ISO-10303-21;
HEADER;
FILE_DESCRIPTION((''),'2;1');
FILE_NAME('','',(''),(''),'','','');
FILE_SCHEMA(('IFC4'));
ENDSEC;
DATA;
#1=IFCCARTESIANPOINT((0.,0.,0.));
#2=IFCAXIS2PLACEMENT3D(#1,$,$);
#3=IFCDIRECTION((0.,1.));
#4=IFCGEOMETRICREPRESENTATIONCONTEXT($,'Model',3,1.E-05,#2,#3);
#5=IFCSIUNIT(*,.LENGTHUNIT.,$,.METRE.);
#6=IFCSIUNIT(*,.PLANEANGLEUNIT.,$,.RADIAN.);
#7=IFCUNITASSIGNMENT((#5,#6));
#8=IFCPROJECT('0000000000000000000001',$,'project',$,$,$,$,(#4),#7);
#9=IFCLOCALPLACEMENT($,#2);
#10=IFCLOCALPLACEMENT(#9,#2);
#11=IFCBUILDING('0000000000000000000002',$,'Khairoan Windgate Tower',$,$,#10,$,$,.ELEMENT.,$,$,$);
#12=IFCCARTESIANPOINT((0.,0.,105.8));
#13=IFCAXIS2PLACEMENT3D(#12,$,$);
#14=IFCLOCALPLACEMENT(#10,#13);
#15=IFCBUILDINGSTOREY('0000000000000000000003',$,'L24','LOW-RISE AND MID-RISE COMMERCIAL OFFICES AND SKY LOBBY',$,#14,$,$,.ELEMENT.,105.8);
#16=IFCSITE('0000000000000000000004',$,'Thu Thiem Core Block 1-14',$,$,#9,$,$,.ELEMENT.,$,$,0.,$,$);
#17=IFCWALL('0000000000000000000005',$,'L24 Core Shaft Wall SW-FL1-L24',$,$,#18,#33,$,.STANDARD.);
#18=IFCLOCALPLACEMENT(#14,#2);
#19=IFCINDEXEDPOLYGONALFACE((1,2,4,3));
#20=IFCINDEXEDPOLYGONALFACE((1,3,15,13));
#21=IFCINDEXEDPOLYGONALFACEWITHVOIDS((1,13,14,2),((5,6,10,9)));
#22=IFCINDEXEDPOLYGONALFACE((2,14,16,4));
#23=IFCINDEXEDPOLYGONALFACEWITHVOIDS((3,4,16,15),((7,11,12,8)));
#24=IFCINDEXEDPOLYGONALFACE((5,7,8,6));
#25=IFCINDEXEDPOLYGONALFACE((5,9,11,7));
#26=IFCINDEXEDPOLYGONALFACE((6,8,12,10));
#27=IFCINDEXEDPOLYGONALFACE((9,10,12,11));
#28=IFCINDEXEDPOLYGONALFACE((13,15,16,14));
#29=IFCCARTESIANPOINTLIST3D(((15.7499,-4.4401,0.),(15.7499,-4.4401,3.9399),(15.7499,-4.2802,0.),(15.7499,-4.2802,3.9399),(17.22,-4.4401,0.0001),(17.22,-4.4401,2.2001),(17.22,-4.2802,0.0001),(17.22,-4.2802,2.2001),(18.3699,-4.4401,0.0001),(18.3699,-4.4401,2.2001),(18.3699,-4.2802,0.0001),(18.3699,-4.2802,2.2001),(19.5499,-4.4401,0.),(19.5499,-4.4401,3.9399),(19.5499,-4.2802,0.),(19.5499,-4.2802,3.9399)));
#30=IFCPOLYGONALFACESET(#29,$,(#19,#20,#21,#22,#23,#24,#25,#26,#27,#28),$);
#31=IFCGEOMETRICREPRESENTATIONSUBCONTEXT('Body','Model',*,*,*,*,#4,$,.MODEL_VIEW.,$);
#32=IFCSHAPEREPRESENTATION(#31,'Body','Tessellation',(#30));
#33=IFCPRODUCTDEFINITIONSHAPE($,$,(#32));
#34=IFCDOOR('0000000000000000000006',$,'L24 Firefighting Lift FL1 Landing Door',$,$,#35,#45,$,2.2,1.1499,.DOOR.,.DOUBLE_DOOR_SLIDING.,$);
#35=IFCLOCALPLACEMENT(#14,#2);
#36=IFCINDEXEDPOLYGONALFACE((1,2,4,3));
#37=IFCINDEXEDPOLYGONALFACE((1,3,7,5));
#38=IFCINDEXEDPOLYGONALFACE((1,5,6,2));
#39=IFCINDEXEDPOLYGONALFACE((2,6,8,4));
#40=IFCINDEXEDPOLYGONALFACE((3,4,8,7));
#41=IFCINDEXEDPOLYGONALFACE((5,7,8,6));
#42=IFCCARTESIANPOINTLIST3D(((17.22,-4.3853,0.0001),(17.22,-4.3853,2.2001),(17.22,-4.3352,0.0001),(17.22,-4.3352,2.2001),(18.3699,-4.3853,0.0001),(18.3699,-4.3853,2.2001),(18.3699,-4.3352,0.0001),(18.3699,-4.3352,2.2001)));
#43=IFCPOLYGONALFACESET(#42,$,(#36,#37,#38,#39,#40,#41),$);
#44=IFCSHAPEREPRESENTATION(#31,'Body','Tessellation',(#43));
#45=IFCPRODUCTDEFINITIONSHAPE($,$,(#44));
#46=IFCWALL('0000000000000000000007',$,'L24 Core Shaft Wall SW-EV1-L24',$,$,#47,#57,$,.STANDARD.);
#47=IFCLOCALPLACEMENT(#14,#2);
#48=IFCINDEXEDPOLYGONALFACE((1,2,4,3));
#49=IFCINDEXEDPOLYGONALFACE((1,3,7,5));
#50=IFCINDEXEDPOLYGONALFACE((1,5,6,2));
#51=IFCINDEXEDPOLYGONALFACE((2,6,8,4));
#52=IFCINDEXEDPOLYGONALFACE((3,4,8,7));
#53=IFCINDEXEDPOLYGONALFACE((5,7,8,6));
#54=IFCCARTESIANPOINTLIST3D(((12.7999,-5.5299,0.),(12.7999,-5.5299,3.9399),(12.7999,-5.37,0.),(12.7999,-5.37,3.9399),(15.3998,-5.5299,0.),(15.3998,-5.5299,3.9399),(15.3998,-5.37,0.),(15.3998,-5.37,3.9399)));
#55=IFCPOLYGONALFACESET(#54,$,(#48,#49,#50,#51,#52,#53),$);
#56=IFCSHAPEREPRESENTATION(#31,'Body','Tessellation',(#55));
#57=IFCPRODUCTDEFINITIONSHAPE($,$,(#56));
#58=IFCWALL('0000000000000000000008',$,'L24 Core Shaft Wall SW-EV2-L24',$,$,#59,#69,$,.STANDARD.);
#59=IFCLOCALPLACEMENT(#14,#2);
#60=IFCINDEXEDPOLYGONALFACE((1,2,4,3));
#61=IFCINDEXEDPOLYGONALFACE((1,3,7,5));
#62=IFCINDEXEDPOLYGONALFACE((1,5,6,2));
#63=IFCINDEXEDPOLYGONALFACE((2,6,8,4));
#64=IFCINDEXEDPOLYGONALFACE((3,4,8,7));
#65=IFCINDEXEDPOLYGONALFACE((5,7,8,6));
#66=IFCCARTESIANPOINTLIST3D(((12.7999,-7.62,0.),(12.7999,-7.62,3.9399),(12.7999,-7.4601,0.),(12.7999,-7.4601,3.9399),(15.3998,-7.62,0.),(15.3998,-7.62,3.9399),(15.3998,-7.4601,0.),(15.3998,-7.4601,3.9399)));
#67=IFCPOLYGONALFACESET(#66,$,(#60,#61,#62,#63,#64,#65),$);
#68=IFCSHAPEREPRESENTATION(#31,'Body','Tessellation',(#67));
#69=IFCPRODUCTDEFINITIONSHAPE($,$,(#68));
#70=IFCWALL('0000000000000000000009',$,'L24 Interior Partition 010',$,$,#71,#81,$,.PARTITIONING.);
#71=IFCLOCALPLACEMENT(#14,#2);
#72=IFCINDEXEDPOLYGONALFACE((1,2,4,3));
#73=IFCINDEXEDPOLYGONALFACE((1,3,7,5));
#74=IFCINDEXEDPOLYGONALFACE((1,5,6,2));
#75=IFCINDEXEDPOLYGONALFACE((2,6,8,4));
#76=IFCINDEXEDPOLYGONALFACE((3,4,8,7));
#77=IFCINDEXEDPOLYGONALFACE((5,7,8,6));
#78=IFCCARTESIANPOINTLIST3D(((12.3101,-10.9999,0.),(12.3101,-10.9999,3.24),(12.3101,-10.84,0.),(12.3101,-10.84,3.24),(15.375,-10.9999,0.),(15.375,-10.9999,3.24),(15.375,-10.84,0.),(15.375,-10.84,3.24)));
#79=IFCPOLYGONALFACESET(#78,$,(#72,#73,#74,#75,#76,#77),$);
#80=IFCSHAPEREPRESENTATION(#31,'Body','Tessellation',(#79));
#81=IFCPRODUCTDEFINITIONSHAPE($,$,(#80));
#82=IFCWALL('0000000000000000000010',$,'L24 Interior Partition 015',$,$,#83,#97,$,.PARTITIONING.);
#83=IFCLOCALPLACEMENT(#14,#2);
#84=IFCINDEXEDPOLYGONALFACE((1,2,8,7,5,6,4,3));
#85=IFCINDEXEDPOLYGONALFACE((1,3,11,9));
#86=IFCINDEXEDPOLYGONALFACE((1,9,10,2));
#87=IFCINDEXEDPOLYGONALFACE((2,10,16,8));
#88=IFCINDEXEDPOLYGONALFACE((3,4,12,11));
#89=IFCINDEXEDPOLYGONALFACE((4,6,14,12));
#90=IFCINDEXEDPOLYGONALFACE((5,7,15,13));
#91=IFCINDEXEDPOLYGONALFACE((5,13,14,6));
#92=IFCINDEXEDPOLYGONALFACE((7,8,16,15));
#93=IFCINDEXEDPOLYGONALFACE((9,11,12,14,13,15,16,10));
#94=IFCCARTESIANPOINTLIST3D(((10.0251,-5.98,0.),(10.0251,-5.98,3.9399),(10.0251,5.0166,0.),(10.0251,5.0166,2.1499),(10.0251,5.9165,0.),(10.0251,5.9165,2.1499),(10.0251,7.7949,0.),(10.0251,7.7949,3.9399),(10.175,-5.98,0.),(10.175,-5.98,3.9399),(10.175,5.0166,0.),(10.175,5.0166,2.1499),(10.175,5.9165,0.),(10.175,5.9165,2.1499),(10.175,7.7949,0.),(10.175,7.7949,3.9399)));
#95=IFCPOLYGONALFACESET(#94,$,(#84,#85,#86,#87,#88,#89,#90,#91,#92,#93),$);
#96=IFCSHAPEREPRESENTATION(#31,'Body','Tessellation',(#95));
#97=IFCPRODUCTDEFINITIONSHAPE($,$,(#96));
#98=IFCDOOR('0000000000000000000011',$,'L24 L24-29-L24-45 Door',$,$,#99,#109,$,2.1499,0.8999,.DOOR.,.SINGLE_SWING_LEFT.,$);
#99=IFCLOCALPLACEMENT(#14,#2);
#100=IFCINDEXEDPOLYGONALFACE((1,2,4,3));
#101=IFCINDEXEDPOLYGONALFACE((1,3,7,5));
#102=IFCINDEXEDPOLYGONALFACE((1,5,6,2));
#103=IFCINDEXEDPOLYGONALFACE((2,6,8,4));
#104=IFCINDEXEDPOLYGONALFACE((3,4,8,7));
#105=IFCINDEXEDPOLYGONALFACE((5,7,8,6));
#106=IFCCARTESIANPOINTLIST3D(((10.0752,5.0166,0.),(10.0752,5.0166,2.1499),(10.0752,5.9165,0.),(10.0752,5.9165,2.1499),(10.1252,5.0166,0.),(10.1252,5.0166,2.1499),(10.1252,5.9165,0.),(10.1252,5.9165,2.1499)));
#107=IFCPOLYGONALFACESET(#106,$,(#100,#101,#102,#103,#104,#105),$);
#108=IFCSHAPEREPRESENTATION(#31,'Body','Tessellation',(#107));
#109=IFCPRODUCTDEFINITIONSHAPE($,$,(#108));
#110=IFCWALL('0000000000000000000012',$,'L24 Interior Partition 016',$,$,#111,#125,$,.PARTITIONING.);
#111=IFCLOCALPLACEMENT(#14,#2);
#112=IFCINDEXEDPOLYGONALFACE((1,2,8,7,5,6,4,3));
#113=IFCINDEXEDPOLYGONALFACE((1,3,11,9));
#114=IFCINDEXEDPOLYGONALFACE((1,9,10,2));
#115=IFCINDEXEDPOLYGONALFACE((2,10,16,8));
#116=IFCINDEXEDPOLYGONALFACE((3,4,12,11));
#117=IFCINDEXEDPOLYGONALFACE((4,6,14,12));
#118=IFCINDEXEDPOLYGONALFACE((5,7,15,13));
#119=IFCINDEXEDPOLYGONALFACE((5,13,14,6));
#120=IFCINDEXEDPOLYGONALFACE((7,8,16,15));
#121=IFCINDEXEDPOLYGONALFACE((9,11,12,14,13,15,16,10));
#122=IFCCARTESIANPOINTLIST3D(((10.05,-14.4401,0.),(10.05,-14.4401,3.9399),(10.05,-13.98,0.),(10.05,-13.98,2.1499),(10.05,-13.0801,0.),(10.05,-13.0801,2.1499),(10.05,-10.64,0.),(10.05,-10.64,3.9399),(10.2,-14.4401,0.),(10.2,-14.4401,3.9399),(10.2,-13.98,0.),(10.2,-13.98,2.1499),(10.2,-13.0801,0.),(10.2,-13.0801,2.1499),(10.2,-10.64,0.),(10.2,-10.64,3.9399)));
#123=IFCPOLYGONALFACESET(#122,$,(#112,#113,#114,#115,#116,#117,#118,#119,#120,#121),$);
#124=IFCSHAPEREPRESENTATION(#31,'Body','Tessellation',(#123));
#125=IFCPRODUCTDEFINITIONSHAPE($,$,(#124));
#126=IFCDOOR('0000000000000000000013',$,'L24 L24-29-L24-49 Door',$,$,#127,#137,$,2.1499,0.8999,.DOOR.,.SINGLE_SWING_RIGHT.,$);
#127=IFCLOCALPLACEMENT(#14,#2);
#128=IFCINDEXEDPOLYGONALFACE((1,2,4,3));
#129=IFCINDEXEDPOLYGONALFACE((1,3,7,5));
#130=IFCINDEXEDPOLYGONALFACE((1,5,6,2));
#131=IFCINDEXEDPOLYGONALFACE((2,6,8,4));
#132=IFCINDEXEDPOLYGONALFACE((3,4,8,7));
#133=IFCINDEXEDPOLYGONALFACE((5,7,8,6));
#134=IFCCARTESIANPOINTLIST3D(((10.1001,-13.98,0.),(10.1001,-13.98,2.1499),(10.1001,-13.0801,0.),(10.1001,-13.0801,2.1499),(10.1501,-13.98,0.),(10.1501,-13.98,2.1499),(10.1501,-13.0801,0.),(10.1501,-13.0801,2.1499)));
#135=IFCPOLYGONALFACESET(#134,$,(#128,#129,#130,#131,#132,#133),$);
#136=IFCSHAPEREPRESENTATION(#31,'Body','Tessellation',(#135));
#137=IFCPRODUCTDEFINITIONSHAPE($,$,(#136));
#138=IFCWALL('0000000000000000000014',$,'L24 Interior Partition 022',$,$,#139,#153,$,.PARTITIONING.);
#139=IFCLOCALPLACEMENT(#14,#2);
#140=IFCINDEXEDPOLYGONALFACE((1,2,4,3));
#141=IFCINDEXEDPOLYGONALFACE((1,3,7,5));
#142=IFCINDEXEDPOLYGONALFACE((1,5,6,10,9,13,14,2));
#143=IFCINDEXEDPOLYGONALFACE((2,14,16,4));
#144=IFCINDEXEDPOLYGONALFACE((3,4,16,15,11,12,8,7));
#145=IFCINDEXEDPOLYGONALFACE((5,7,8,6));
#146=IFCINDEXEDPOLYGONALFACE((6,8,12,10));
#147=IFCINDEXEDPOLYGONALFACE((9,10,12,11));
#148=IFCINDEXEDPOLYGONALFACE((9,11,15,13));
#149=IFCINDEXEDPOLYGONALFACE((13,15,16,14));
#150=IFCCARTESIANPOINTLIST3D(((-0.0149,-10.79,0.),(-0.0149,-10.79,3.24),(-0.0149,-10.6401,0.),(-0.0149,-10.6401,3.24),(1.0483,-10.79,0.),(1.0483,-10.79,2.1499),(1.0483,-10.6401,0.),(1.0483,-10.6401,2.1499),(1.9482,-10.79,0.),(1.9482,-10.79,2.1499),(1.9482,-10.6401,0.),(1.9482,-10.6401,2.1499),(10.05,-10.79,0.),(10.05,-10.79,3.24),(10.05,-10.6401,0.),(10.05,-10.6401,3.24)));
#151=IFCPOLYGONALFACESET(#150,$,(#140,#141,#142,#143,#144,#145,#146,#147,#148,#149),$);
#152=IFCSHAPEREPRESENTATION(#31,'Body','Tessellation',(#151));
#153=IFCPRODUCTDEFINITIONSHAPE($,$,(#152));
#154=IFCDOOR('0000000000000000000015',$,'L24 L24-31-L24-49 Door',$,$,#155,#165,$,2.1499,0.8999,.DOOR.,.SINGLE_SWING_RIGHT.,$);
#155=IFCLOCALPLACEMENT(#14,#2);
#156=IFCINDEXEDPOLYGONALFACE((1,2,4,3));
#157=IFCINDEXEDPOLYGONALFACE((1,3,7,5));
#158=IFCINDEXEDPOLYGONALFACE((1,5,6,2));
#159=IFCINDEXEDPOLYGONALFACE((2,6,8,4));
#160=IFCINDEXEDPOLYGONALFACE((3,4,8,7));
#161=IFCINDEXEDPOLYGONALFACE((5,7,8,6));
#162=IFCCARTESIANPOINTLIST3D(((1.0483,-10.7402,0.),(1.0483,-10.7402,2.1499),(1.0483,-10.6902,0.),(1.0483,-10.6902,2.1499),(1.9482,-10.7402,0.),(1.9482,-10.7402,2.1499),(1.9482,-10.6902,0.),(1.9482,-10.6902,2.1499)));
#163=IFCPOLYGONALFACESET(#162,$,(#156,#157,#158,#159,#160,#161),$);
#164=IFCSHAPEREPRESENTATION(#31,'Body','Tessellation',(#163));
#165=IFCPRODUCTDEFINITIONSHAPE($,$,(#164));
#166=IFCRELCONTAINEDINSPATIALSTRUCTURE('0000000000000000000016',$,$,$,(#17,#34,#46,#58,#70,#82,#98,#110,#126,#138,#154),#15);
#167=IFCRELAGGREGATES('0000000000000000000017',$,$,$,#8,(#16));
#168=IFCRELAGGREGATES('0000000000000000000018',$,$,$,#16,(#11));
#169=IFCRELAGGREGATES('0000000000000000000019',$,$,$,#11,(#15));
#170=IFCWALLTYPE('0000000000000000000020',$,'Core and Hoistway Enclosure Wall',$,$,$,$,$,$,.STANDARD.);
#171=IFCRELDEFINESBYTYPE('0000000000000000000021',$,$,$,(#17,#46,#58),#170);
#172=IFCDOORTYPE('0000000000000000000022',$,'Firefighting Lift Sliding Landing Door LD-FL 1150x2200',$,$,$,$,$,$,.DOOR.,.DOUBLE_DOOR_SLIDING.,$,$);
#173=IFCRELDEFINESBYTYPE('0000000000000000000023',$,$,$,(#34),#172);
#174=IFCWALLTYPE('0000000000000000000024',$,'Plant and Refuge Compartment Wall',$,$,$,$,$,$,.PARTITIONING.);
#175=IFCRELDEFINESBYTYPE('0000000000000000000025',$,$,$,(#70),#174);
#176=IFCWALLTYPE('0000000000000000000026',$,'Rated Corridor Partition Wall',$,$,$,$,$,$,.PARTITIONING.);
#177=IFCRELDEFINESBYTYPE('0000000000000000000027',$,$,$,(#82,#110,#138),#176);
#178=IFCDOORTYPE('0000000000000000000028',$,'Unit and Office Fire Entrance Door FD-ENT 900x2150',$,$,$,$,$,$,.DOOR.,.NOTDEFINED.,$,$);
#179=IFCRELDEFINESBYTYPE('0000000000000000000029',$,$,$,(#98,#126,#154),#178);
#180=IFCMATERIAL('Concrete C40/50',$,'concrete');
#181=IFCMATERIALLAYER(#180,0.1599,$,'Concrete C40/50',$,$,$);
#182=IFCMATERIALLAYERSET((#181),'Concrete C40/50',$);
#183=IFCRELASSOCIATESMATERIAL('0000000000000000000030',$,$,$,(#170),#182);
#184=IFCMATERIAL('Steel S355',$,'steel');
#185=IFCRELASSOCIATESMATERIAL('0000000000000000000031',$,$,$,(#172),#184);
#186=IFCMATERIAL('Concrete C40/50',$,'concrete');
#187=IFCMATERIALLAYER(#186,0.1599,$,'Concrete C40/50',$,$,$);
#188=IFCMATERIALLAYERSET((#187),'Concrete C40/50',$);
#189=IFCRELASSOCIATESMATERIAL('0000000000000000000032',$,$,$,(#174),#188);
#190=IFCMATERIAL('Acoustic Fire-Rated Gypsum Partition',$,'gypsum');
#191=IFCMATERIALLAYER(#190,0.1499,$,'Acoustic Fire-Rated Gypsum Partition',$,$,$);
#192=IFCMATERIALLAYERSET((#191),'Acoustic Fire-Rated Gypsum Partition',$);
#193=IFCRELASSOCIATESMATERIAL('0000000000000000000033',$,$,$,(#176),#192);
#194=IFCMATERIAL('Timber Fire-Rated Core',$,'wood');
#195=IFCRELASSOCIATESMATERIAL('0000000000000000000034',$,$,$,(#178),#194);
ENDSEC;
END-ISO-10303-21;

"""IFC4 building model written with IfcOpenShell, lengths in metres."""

from ifc_helpers import new_model, si_unit, direction, frame, frame_2d, origin, place, context, subcontext, project, spatial, rectangle, extrude, material, layer, layer_set, type_object, element, fill, save


model = new_model("IFC4")

# Units and contexts
model_context = context("Model", 3, precision=1e-05, world=origin(), true_north=direction((0.0, 1.0)))
body_context = subcontext(model_context, "Body", "Model", "MODEL_VIEW")
ifc_project = project(units=[si_unit("LENGTHUNIT", "METRE"), si_unit("PLANEANGLEUNIT", "RADIAN")], contexts=[model_context])

# Site, building, storey
site_placement = place(None, origin())
site = spatial("IfcSite", under=ifc_project, at=site_placement, Name="Thu Thiem Core Block 1-14", CompositionType="ELEMENT", RefElevation=0.0)
building_placement = place(site_placement, origin())
building = spatial("IfcBuilding", under=site, at=building_placement, Name="Khairoan Windgate Tower", CompositionType="ELEMENT")
storey_placement = place(building_placement, frame((0.0, 0.0, 105.8)))
storey = spatial("IfcBuildingStorey", under=building, at=storey_placement, Name="L24", Description="LOW-RISE AND MID-RISE COMMERCIAL OFFICES AND SKY LOBBY", CompositionType="ELEMENT", Elevation=105.8)

# Shared definitions
ifc_material_1 = material(Name="Concrete C40/50", Category="concrete")
ifc_layer_1 = layer(ifc_material_1, 0.1599, Name="Concrete C40/50")
ifc_layer_set_1 = layer_set([ifc_layer_1], Name="Concrete C40/50")
wall_type_1 = type_object("IfcWallType", Name="Core and Hoistway Enclosure Wall", PredefinedType="STANDARD", material=ifc_layer_set_1)

# Wall, opening, door
wall_1_placement = place(storey_placement, frame((15.75, -4.3601, 0.0), z_axis=(0.0, 0.0, 1.0), x_axis=(1.0, 0.0, 0.0)))
wall_1 = element("IfcWall", 1, at=wall_1_placement, inside=storey, type_object=wall_type_1, Name="L24 Core Shaft Wall SW-FL1-L24", PredefinedType="STANDARD", context=body_context, shape_type="SweptSolid", body=[
    extrude(rectangle(XDim=3.8, YDim=0.1599, at=frame_2d((1.8999, 0.0))), origin(), (0.0, 0.0, 1.0), 3.9399),
])
opening_1_placement = place(wall_1_placement, frame((1.47, 0.0, 0.0)))
opening_1 = element("IfcOpeningElement", 2, at=opening_1_placement, cuts=wall_1, PredefinedType="OPENING", context=body_context, shape_type="SweptSolid", body=[
    extrude(rectangle(XDim=1.1499, YDim=2.2, at=frame_2d((0.575, 1.1001))), frame((0.0, 0.0898, 0.0), z_axis=(0.0, -1.0, 0.0), x_axis=(1.0, 0.0, 0.0)), (0.0, 0.0, 1.0), 0.1799),
])
ifc_material_2 = material(Name="Steel S355", Category="steel")
door_type_1 = type_object("IfcDoorType", Name="Firefighting Lift Sliding Landing Door LD-FL 1150x2200", OperationType="DOUBLE_DOOR_SLIDING", PredefinedType="DOOR", material=ifc_material_2)
door_1_placement = place(opening_1_placement, origin())
door_1 = element("IfcDoor", 3, at=door_1_placement, inside=storey, type_object=door_type_1, Name="L24 Firefighting Lift FL1 Landing Door", OperationType="DOUBLE_DOOR_SLIDING", OverallHeight=2.2, OverallWidth=1.1499, PredefinedType="DOOR", context=body_context, shape_type="SweptSolid", body=[
    extrude(rectangle(XDim=1.1499, YDim=2.2, at=frame_2d((0.575, 1.1001))), frame((0.0, 0.0249, 0.0), z_axis=(0.0, -1.0, 0.0), x_axis=(1.0, 0.0, 0.0)), (0.0, 0.0, 1.0), 0.05),
])
fill(opening_1, door_1)

# Walls
for number, where, z_axis, x_axis, name in (
    (4, (12.8, -5.45, 0.0), (0.0, 0.0, 1.0), (1.0, 0.0, 0.0), "L24 Core Shaft Wall SW-EV1-L24"),
    (5, (12.8, -7.54, 0.0), (0.0, 0.0, 1.0), (1.0, 0.0, 0.0), "L24 Core Shaft Wall SW-EV2-L24"),
):
    element("IfcWall", number, at=place(storey_placement, frame(where, z_axis=z_axis, x_axis=x_axis)), inside=storey, type_object=wall_type_1, Name=name, PredefinedType="STANDARD", context=body_context, shape_type="SweptSolid", body=[
        extrude(rectangle(XDim=2.5999, YDim=0.1599, at=frame_2d((1.2998, 0.0))), origin(), (0.0, 0.0, 1.0), 3.9399),
    ])
ifc_material_3 = material(Name="Concrete C40/50", Category="concrete")
ifc_layer_2 = layer(ifc_material_3, 0.1599, Name="Concrete C40/50")
ifc_layer_set_2 = layer_set([ifc_layer_2], Name="Concrete C40/50")
wall_type_2 = type_object("IfcWallType", Name="Plant and Refuge Compartment Wall", PredefinedType="PARTITIONING", material=ifc_layer_set_2)
wall_2_placement = place(storey_placement, frame((12.3101, -10.9199, 0.0), z_axis=(0.0, 0.0, 1.0), x_axis=(1.0, 0.0, 0.0)))
element("IfcWall", 6, at=wall_2_placement, inside=storey, type_object=wall_type_2, Name="L24 Interior Partition 010", PredefinedType="PARTITIONING", context=body_context, shape_type="SweptSolid", body=[
    extrude(rectangle(XDim=3.0649, YDim=0.1599, at=frame_2d((1.5325, 0.0))), origin(), (0.0, 0.0, 1.0), 3.24),
])

# Walls, openings, doors
ifc_material_4 = material(Name="Acoustic Fire-Rated Gypsum Partition", Category="gypsum")
ifc_layer_3 = layer(ifc_material_4, 0.1499, Name="Acoustic Fire-Rated Gypsum Partition")
ifc_layer_set_3 = layer_set([ifc_layer_3], Name="Acoustic Fire-Rated Gypsum Partition")
wall_type_3 = type_object("IfcWallType", Name="Rated Corridor Partition Wall", PredefinedType="PARTITIONING", material=ifc_layer_set_3)
wall_3_placement = place(storey_placement, frame((10.1001, -5.98, 0.0), z_axis=(0.0, 0.0, 1.0), x_axis=(0.0, 1.0, 0.0)))
wall_3 = element("IfcWall", 7, at=wall_3_placement, inside=storey, type_object=wall_type_3, Name="L24 Interior Partition 015", PredefinedType="PARTITIONING", context=body_context, shape_type="SweptSolid", body=[
    extrude(rectangle(XDim=13.7749, YDim=0.1499, at=frame_2d((6.8875, 0.0))), origin(), (0.0, 0.0, 1.0), 3.9399),
])
opening_2_placement = place(wall_3_placement, frame((10.9966, 0.0, 0.0)))
opening_2 = element("IfcOpeningElement", 8, at=opening_2_placement, cuts=wall_3, PredefinedType="OPENING", context=body_context, shape_type="SweptSolid", body=[
    extrude(rectangle(XDim=0.8999, YDim=2.1499, at=frame_2d((0.45, 1.075))), frame((0.0, 0.085, 0.0), z_axis=(0.0, -1.0, 0.0), x_axis=(1.0, 0.0, 0.0)), (0.0, 0.0, 1.0), 0.1699),
])
ifc_material_5 = material(Name="Timber Fire-Rated Core", Category="wood")
door_type_2 = type_object("IfcDoorType", Name="Unit and Office Fire Entrance Door FD-ENT 900x2150", OperationType="NOTDEFINED", PredefinedType="DOOR", material=ifc_material_5)
door_2_placement = place(opening_2_placement, origin())
door_2 = element("IfcDoor", 9, at=door_2_placement, inside=storey, type_object=door_type_2, Name="L24 L24-29-L24-45 Door", OperationType="SINGLE_SWING_LEFT", OverallHeight=2.1499, OverallWidth=0.8999, PredefinedType="DOOR", context=body_context, shape_type="SweptSolid", body=[
    extrude(rectangle(XDim=0.8999, YDim=2.1499, at=frame_2d((0.45, 1.075))), frame((0.0, 0.0249, 0.0), z_axis=(0.0, -1.0, 0.0), x_axis=(1.0, 0.0, 0.0)), (0.0, 0.0, 1.0), 0.05),
])
fill(opening_2, door_2)
wall_4_placement = place(storey_placement, frame((10.125, -14.4399, 0.0), z_axis=(0.0, 0.0, 1.0), x_axis=(0.0, 1.0, 0.0)))
wall_4 = element("IfcWall", 10, at=wall_4_placement, inside=storey, type_object=wall_type_3, Name="L24 Interior Partition 016", PredefinedType="PARTITIONING", context=body_context, shape_type="SweptSolid", body=[
    extrude(rectangle(XDim=3.8, YDim=0.1499, at=frame_2d((1.8999, 0.0))), origin(), (0.0, 0.0, 1.0), 3.9399),
])
opening_3_placement = place(wall_4_placement, frame((0.46, 0.0, 0.0)))
opening_3 = element("IfcOpeningElement", 11, at=opening_3_placement, cuts=wall_4, PredefinedType="OPENING", context=body_context, shape_type="SweptSolid", body=[
    extrude(rectangle(XDim=0.8999, YDim=2.1499, at=frame_2d((0.45, 1.075))), frame((0.0, 0.085, 0.0), z_axis=(0.0, -1.0, 0.0), x_axis=(1.0, 0.0, 0.0)), (0.0, 0.0, 1.0), 0.1699),
])
door_3_placement = place(opening_3_placement, origin())
door_3 = element("IfcDoor", 12, at=door_3_placement, inside=storey, type_object=door_type_2, Name="L24 L24-29-L24-49 Door", OperationType="SINGLE_SWING_RIGHT", OverallHeight=2.1499, OverallWidth=0.8999, PredefinedType="DOOR", context=body_context, shape_type="SweptSolid", body=[
    extrude(rectangle(XDim=0.8999, YDim=2.1499, at=frame_2d((0.45, 1.075))), frame((0.0, 0.0249, 0.0), z_axis=(0.0, -1.0, 0.0), x_axis=(1.0, 0.0, 0.0)), (0.0, 0.0, 1.0), 0.05),
])
fill(opening_3, door_3)
wall_5_placement = place(storey_placement, frame((-0.0149, -10.7151, 0.0), z_axis=(0.0, 0.0, 1.0), x_axis=(1.0, 0.0, 0.0)))
wall_5 = element("IfcWall", 13, at=wall_5_placement, inside=storey, type_object=wall_type_3, Name="L24 Interior Partition 022", PredefinedType="PARTITIONING", context=body_context, shape_type="SweptSolid", body=[
    extrude(rectangle(XDim=10.0649, YDim=0.1499, at=frame_2d((5.0325, 0.0))), origin(), (0.0, 0.0, 1.0), 3.24),
])
opening_4_placement = place(wall_5_placement, frame((1.0632, 0.0, 0.0)))
opening_4 = element("IfcOpeningElement", 14, at=opening_4_placement, cuts=wall_5, PredefinedType="OPENING", context=body_context, shape_type="SweptSolid", body=[
    extrude(rectangle(XDim=0.8999, YDim=2.1499, at=frame_2d((0.45, 1.075))), frame((0.0, 0.085, 0.0), z_axis=(0.0, -1.0, 0.0), x_axis=(1.0, 0.0, 0.0)), (0.0, 0.0, 1.0), 0.1699),
])
door_4_placement = place(opening_4_placement, origin())
door_4 = element("IfcDoor", 15, at=door_4_placement, inside=storey, type_object=door_type_2, Name="L24 L24-31-L24-49 Door", OperationType="SINGLE_SWING_RIGHT", OverallHeight=2.1499, OverallWidth=0.8999, PredefinedType="DOOR", context=body_context, shape_type="SweptSolid", body=[
    extrude(rectangle(XDim=0.8999, YDim=2.1499, at=frame_2d((0.45, 1.075))), frame((0.0, 0.0249, 0.0), z_axis=(0.0, -1.0, 0.0), x_axis=(1.0, 0.0, 0.0)), (0.0, 0.0, 1.0), 0.05),
])
fill(opening_4, door_4)

save(model, "model.ifc")
